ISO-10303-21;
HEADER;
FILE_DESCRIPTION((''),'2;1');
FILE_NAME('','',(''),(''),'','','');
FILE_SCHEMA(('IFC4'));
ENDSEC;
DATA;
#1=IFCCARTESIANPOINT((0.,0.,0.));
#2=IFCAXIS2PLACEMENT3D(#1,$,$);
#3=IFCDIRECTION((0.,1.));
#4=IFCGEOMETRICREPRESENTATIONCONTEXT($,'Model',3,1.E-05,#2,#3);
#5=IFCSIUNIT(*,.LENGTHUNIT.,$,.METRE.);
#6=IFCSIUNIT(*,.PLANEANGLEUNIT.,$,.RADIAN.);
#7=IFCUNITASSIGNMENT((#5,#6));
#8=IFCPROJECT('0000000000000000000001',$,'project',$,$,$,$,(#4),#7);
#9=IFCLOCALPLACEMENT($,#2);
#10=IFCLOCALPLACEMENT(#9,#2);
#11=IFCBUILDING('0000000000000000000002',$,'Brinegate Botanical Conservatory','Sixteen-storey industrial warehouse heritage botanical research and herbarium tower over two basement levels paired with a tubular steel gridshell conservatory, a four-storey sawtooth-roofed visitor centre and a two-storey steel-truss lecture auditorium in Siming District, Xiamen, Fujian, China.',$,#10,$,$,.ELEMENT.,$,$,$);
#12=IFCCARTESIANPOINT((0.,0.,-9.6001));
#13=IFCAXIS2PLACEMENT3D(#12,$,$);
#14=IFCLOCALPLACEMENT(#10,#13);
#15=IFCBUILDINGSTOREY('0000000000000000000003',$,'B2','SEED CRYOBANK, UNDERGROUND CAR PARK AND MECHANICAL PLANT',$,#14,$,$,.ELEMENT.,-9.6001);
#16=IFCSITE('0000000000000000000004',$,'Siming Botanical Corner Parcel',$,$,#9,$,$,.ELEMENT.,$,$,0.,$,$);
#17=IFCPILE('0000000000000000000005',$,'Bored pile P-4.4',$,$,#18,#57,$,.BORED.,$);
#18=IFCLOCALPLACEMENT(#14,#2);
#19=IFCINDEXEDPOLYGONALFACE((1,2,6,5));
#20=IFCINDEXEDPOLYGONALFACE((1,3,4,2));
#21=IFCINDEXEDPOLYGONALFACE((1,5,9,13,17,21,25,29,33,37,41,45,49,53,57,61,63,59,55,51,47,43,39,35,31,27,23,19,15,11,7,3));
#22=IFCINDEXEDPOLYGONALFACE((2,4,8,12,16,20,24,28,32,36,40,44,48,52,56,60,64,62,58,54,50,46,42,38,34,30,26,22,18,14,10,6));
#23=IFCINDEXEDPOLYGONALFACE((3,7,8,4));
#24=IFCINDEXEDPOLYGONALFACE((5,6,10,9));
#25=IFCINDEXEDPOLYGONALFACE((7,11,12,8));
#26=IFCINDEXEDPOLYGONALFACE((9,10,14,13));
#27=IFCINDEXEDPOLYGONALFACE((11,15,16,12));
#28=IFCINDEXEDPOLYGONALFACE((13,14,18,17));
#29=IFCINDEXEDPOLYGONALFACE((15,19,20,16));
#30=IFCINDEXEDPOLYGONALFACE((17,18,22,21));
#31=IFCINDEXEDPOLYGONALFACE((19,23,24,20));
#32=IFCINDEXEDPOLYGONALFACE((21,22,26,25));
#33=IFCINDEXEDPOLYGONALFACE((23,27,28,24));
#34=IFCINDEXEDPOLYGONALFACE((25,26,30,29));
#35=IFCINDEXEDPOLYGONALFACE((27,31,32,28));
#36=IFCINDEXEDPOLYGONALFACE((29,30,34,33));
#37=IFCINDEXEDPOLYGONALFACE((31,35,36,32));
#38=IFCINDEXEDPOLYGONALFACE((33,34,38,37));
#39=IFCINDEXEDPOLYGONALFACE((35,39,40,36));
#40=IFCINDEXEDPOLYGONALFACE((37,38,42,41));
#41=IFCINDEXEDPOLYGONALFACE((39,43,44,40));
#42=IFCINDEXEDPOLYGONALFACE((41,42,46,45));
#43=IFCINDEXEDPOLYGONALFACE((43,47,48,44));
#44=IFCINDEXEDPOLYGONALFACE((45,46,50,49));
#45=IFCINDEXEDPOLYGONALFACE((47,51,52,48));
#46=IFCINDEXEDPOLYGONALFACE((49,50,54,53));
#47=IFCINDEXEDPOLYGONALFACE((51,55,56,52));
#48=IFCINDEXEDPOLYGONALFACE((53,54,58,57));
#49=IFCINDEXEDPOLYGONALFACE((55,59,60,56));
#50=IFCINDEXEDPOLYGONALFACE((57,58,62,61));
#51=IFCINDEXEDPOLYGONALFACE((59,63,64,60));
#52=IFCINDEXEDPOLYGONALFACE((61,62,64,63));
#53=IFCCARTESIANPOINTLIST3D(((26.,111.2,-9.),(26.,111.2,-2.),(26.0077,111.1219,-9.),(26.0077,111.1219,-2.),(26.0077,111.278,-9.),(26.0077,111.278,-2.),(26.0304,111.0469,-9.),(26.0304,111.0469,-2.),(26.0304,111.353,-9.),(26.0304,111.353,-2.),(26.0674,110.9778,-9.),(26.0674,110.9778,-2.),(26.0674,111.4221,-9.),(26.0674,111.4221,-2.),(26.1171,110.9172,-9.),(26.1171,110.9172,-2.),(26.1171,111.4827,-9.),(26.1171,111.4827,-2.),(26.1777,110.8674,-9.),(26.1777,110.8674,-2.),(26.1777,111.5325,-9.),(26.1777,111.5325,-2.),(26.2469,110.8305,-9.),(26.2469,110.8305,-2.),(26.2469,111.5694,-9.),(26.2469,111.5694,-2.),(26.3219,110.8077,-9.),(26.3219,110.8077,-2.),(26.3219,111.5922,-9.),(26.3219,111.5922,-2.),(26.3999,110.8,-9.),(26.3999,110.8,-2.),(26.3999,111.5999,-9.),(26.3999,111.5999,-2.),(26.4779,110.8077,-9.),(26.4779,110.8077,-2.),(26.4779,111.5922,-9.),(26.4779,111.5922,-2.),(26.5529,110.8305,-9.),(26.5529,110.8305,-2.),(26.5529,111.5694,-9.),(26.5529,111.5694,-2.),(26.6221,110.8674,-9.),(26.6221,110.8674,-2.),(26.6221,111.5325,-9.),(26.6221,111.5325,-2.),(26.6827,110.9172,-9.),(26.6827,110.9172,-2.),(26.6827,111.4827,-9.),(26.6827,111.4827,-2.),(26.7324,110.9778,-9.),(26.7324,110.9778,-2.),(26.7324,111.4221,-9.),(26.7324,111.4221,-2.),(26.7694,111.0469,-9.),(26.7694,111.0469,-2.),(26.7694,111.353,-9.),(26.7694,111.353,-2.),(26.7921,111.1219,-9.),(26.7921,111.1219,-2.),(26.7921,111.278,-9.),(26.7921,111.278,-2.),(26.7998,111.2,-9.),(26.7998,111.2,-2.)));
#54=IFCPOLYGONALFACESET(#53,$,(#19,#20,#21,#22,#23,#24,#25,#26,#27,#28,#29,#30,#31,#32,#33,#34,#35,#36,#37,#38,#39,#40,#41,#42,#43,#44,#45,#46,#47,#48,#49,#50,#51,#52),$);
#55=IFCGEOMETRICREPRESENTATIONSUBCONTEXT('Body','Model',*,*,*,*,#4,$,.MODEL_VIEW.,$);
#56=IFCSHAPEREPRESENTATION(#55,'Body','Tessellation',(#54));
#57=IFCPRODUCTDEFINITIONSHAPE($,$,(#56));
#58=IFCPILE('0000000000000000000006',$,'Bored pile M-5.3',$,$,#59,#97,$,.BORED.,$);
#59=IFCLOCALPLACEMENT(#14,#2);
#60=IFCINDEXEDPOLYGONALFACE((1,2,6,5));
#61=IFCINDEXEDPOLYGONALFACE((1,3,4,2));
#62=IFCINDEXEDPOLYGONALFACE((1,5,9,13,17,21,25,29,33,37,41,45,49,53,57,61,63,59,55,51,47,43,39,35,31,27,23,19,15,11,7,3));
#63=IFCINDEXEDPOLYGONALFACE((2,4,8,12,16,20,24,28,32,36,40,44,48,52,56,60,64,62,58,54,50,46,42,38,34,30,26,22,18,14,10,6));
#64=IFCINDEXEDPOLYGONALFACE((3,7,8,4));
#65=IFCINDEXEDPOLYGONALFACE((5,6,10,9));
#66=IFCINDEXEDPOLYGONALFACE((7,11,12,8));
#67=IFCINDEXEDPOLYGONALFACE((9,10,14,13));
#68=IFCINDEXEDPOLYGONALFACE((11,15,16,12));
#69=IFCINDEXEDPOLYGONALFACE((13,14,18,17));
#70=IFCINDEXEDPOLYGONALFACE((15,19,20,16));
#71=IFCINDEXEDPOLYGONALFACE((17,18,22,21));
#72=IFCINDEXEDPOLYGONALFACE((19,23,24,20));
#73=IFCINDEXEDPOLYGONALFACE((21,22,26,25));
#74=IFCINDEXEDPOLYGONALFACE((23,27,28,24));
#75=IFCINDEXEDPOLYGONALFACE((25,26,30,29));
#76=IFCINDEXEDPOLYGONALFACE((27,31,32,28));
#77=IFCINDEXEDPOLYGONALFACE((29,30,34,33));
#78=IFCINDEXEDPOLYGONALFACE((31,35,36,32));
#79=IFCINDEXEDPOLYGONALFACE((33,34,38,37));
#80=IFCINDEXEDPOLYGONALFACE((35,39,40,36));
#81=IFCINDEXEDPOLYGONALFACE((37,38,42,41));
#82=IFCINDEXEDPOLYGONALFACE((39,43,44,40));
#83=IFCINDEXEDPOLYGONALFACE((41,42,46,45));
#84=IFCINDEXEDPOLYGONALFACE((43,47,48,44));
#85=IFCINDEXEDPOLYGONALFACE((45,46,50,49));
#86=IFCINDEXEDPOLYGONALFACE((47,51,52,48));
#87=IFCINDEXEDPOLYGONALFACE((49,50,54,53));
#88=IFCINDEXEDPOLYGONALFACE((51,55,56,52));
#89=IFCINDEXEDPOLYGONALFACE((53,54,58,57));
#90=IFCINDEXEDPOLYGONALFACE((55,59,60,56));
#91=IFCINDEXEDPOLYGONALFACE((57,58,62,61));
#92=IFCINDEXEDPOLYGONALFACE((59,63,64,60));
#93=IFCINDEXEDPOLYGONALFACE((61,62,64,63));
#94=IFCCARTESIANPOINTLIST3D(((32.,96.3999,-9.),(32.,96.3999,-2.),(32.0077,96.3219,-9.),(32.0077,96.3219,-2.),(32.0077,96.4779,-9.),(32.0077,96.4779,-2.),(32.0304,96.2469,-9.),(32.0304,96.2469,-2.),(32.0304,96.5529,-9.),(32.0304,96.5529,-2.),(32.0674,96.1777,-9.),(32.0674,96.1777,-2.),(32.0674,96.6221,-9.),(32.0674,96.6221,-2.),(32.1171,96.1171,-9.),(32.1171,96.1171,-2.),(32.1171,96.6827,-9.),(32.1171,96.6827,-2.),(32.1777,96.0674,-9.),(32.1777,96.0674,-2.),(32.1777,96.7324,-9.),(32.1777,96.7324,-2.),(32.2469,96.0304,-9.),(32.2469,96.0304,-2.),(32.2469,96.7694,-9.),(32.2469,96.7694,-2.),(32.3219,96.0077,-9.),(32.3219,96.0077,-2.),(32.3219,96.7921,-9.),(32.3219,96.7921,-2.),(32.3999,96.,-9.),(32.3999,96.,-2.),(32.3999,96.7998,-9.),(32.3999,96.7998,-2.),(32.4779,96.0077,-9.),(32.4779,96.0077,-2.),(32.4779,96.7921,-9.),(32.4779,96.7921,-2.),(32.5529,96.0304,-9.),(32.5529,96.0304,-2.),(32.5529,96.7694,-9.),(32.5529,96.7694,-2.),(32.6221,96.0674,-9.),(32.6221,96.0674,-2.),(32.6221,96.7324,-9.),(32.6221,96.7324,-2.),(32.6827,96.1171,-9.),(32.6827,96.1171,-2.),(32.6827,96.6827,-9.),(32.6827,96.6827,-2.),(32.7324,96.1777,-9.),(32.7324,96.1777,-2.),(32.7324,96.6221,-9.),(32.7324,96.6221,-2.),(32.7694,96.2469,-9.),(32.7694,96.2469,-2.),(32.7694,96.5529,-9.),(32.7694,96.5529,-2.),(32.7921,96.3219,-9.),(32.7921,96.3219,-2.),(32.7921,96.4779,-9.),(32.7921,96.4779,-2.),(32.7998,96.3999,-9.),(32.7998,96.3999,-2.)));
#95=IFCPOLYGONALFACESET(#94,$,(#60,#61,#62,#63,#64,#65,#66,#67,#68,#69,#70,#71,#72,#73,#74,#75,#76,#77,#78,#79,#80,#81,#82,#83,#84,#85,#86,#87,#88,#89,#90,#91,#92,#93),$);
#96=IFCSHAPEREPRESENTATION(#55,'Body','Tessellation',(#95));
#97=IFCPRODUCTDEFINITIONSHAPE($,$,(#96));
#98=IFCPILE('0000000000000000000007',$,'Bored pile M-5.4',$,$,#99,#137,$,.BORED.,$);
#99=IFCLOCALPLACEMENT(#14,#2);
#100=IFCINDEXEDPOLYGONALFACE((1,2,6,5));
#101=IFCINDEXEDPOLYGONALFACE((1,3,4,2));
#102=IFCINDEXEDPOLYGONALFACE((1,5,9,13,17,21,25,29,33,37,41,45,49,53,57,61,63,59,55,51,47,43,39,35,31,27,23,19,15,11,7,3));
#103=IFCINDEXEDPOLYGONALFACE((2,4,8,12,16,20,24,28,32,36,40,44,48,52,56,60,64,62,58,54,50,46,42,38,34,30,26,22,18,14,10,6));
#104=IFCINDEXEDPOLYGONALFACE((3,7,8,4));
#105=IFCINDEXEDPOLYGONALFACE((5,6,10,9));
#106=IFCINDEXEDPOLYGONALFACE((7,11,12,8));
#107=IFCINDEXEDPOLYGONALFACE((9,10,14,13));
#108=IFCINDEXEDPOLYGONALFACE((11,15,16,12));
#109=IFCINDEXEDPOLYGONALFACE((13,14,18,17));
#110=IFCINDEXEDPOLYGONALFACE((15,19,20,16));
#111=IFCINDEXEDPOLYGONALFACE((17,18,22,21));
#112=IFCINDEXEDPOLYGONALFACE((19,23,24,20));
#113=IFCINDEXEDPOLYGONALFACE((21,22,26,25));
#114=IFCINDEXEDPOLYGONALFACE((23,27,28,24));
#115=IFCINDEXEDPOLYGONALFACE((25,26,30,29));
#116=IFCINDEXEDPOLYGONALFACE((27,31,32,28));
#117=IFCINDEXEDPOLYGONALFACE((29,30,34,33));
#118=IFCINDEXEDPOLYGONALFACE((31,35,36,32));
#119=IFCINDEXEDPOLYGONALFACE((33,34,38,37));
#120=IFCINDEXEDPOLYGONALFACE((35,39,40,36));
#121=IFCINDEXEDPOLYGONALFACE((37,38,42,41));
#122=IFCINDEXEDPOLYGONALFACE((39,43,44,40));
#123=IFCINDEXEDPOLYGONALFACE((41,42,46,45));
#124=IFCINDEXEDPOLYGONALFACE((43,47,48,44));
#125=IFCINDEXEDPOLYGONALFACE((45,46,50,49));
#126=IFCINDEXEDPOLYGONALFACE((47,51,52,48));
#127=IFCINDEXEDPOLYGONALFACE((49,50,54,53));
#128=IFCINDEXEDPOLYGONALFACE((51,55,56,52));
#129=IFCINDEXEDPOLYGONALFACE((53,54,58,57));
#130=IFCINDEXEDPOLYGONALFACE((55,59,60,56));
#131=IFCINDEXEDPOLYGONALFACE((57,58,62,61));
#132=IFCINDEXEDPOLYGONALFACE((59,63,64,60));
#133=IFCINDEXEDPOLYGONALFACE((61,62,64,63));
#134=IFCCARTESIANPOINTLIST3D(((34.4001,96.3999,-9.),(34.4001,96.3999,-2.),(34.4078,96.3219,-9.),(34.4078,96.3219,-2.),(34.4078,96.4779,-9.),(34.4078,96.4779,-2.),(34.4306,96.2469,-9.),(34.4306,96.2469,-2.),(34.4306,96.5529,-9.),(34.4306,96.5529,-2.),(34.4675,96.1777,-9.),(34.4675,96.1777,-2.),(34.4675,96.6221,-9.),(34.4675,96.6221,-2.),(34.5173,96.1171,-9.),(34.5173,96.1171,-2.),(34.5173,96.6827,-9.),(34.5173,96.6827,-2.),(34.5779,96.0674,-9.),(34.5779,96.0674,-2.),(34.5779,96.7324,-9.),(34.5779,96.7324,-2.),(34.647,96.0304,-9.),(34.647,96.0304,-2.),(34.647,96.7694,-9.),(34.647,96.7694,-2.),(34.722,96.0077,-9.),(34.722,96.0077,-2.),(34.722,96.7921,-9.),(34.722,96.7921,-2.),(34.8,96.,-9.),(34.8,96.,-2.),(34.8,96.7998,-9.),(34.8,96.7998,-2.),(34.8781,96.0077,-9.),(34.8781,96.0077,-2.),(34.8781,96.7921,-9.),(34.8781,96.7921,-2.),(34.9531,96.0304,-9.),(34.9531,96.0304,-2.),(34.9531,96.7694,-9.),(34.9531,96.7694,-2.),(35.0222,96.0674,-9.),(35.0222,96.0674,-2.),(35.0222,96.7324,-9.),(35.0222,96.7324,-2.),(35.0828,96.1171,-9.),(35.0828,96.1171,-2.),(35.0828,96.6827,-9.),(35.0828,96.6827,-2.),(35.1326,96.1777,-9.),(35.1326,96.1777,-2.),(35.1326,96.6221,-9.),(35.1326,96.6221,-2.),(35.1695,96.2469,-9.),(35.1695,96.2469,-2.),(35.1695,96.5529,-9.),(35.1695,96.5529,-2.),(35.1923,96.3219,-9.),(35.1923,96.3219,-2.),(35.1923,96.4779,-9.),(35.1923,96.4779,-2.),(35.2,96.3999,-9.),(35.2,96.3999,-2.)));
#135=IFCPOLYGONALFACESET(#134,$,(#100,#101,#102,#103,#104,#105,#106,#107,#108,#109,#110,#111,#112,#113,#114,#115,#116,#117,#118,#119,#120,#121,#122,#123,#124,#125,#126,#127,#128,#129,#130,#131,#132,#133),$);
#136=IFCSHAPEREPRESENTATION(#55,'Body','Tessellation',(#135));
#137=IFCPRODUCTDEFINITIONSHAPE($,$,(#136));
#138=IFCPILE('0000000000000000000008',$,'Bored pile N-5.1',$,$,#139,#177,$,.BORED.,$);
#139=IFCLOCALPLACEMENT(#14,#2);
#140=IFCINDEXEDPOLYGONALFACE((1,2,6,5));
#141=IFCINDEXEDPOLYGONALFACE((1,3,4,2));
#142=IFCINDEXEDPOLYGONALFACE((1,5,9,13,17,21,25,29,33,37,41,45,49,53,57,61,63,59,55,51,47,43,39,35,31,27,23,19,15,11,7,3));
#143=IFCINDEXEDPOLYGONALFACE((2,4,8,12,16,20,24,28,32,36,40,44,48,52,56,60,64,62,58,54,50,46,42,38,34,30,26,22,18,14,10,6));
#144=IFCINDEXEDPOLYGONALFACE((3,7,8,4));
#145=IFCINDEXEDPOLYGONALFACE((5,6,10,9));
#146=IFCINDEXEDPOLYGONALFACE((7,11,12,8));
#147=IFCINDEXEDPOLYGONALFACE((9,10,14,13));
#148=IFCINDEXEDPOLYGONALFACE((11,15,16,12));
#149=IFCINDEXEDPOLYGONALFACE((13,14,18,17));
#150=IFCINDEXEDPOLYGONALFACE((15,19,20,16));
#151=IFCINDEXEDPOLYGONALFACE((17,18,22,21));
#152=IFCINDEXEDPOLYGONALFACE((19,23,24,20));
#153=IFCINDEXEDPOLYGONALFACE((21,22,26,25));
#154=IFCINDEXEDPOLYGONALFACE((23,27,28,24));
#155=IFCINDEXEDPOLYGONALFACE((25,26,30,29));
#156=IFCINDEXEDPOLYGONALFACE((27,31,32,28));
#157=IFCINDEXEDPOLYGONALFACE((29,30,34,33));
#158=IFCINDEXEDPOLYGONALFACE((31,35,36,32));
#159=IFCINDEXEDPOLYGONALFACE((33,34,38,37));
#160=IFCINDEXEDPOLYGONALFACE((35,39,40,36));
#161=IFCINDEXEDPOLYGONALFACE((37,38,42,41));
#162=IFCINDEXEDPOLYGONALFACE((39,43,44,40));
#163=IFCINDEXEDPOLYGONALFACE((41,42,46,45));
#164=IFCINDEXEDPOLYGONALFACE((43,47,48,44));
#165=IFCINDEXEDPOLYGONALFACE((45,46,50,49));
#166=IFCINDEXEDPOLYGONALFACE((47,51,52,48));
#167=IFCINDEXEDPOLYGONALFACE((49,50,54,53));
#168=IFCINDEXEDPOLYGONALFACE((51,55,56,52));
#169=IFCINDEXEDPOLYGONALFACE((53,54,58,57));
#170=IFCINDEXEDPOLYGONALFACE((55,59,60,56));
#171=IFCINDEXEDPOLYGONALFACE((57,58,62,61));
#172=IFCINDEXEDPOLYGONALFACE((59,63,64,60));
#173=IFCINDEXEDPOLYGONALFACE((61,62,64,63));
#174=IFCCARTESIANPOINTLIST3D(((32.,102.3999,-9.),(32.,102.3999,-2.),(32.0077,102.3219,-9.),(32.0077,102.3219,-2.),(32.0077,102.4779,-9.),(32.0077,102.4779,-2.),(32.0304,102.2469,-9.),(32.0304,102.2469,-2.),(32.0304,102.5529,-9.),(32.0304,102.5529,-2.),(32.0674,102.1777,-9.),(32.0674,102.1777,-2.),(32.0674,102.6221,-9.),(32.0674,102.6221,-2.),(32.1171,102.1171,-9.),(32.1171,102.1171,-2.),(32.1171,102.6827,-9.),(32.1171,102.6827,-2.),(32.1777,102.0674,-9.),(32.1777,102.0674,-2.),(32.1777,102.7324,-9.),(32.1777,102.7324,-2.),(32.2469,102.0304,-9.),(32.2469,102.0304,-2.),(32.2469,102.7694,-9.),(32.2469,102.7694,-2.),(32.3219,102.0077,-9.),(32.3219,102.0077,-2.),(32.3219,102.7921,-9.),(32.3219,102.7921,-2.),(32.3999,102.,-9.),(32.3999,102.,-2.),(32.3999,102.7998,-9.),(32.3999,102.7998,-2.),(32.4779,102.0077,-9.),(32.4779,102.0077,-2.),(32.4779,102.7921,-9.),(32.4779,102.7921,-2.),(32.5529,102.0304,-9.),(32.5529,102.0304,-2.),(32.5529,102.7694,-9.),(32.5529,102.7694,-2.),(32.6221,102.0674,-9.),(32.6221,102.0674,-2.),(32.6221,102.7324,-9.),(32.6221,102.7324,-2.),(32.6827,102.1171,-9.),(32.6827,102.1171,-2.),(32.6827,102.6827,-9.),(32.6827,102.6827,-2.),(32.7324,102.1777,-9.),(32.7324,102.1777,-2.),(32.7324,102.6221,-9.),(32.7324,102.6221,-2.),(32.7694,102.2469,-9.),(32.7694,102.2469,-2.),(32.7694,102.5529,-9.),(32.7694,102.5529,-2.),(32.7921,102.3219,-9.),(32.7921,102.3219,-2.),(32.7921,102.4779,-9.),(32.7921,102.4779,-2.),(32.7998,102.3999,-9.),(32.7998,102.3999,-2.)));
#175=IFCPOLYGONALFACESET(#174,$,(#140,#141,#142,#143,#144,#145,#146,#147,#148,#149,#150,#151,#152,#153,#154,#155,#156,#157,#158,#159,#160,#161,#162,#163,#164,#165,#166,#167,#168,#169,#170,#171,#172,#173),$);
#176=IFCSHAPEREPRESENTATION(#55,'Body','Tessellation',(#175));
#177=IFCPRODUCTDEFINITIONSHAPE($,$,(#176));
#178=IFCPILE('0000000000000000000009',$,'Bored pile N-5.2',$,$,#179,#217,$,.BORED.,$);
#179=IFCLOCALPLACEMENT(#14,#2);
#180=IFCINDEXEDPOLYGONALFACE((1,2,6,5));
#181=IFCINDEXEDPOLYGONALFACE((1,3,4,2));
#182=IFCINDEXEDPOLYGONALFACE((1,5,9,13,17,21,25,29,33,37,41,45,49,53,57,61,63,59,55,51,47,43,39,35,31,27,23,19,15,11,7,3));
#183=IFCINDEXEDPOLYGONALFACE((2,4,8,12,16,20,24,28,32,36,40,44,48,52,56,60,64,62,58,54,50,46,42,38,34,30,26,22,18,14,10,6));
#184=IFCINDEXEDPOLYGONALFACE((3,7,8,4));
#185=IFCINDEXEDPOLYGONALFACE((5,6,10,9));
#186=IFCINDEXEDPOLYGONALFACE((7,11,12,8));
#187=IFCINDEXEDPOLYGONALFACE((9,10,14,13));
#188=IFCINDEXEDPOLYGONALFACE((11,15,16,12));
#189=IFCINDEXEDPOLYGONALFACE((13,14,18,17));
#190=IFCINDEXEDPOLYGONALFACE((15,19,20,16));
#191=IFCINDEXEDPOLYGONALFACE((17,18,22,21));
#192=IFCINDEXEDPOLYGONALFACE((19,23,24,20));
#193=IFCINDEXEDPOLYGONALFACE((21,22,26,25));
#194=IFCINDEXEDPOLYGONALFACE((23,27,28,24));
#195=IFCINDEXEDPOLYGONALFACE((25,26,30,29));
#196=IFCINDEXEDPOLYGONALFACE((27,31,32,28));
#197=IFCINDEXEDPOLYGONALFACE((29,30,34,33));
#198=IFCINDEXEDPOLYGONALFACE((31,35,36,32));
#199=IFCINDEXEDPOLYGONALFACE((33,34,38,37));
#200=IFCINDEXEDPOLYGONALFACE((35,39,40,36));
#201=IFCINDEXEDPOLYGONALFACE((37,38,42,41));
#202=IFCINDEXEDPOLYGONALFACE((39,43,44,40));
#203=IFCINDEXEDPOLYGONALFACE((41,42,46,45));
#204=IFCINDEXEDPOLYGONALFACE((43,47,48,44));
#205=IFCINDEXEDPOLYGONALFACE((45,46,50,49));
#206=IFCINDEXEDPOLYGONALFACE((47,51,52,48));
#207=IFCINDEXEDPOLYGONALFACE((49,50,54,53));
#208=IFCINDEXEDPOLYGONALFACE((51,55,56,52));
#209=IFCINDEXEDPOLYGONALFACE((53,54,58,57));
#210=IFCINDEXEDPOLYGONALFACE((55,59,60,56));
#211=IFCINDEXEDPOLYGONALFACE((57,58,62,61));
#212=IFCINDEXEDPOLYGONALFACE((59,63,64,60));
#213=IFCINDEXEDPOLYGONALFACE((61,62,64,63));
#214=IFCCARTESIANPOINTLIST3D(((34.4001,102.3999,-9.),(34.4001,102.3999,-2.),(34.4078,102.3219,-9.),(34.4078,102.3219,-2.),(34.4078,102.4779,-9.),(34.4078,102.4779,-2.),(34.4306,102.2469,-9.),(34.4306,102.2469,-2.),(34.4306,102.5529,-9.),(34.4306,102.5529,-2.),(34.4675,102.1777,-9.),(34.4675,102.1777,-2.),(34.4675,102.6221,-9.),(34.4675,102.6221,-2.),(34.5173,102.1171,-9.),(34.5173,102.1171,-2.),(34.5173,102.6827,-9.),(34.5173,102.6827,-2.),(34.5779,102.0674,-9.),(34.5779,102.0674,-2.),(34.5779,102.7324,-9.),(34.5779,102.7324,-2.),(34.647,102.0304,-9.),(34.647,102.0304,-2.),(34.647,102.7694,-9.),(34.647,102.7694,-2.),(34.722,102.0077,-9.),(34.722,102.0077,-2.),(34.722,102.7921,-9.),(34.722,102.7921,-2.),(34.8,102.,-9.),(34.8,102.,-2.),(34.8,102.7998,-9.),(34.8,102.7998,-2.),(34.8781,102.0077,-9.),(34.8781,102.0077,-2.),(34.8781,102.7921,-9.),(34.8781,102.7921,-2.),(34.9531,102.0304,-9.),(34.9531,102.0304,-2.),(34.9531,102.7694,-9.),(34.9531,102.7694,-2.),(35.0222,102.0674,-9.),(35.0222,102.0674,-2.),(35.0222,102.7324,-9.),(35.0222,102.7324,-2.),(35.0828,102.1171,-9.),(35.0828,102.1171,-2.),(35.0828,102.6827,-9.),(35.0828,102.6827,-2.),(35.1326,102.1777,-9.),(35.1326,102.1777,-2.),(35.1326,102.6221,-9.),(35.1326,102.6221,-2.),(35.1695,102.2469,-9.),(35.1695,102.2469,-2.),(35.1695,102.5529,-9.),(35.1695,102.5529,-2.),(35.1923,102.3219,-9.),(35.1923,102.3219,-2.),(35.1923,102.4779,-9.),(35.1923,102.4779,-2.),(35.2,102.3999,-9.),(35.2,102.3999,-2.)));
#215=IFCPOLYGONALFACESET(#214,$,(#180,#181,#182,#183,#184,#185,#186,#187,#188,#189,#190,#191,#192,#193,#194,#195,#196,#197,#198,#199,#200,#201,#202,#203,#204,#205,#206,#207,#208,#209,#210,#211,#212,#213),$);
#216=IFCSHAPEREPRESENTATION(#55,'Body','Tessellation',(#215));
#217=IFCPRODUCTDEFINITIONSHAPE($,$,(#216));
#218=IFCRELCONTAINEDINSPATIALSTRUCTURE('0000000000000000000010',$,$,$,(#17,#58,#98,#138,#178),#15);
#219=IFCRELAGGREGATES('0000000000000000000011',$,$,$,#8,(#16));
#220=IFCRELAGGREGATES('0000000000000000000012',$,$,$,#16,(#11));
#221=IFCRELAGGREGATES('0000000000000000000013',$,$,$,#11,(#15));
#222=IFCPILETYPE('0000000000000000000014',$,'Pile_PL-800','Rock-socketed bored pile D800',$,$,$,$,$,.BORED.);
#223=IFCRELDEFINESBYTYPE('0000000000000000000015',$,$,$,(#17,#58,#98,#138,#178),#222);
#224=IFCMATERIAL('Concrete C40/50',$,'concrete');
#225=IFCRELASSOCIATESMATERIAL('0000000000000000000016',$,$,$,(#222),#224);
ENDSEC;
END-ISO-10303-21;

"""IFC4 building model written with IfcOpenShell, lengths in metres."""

from ifc_helpers import new_model, si_unit, direction, frame, origin, origin_2d, place, context, subcontext, project, spatial, circle, extrude, material, material_profile, profile_set, type_object, element, save


model = new_model("IFC4")

# Units and contexts
model_context = context("Model", 3, precision=1e-05, world=origin(), true_north=direction((0.0, 1.0)))
body_context = subcontext(model_context, "Body", "Model", "MODEL_VIEW")
ifc_project = project(units=[si_unit("LENGTHUNIT", "METRE"), si_unit("PLANEANGLEUNIT", "RADIAN")], contexts=[model_context])

# Site, building, storey
site_placement = place(None, origin())
site = spatial("IfcSite", under=ifc_project, at=site_placement, Name="Siming Botanical Corner Parcel", CompositionType="ELEMENT", RefElevation=0.0)
building_placement = place(site_placement, origin())
building = spatial("IfcBuilding", under=site, at=building_placement, Name="Brinegate Botanical Conservatory", Description="Sixteen-storey industrial warehouse heritage botanical research and herbarium tower over two basement levels paired with a tubular steel gridshell conservatory, a four-storey sawtooth-roofed visitor centre and a two-storey steel-truss lecture auditorium in Siming District, Xiamen, Fujian, China.", CompositionType="ELEMENT")
storey_placement = place(building_placement, frame((0.0, 0.0, -9.6001)))
storey = spatial("IfcBuildingStorey", under=building, at=storey_placement, Name="B2", Description="SEED CRYOBANK, UNDERGROUND CAR PARK AND MECHANICAL PLANT", CompositionType="ELEMENT", Elevation=-9.6001)

# Shared definitions
ifc_material = material(Name="Concrete C40/50", Category="concrete")

# Piles
ifc_material_profile_1 = material_profile(ifc_material, circle(Radius=0.3999, at=origin_2d()), Name="PILE D800")
ifc_profile_set_1 = profile_set([ifc_material_profile_1], Name="Concrete C40/50")
pile_type = type_object("IfcPileType", Name="Pile_PL-800", Description="Rock-socketed bored pile D800", PredefinedType="BORED", material=ifc_profile_set_1)
for number, where, z_axis, x_axis, name in (
    (1, (26.3999, 111.2, -2.0), (0.0, 0.0, -1.0), (1.0, 0.0, 0.0), "Bored pile P-4.4"),
    (2, (32.3999, 96.3999, -2.0), (0.0, 0.0, -1.0), (1.0, 0.0, 0.0), "Bored pile M-5.3"),
    (3, (34.8, 96.3999, -2.0), (0.0, 0.0, -1.0), (1.0, 0.0, 0.0), "Bored pile M-5.4"),
    (4, (32.3999, 102.3999, -2.0), (0.0, 0.0, -1.0), (1.0, 0.0, 0.0), "Bored pile N-5.1"),
    (5, (34.8, 102.3999, -2.0), (0.0, 0.0, -1.0), (1.0, 0.0, 0.0), "Bored pile N-5.2"),
):
    element("IfcPile", number, at=place(storey_placement, frame(where, z_axis=z_axis, x_axis=x_axis)), inside=storey, type_object=pile_type, Name=name, PredefinedType="BORED", context=body_context, shape_type="SweptSolid", body=[
        extrude(circle(Radius=0.3999, at=origin_2d()), origin(), (0.0, 0.0, 1.0), 7.0),
    ])

save(model, "model.ifc")
